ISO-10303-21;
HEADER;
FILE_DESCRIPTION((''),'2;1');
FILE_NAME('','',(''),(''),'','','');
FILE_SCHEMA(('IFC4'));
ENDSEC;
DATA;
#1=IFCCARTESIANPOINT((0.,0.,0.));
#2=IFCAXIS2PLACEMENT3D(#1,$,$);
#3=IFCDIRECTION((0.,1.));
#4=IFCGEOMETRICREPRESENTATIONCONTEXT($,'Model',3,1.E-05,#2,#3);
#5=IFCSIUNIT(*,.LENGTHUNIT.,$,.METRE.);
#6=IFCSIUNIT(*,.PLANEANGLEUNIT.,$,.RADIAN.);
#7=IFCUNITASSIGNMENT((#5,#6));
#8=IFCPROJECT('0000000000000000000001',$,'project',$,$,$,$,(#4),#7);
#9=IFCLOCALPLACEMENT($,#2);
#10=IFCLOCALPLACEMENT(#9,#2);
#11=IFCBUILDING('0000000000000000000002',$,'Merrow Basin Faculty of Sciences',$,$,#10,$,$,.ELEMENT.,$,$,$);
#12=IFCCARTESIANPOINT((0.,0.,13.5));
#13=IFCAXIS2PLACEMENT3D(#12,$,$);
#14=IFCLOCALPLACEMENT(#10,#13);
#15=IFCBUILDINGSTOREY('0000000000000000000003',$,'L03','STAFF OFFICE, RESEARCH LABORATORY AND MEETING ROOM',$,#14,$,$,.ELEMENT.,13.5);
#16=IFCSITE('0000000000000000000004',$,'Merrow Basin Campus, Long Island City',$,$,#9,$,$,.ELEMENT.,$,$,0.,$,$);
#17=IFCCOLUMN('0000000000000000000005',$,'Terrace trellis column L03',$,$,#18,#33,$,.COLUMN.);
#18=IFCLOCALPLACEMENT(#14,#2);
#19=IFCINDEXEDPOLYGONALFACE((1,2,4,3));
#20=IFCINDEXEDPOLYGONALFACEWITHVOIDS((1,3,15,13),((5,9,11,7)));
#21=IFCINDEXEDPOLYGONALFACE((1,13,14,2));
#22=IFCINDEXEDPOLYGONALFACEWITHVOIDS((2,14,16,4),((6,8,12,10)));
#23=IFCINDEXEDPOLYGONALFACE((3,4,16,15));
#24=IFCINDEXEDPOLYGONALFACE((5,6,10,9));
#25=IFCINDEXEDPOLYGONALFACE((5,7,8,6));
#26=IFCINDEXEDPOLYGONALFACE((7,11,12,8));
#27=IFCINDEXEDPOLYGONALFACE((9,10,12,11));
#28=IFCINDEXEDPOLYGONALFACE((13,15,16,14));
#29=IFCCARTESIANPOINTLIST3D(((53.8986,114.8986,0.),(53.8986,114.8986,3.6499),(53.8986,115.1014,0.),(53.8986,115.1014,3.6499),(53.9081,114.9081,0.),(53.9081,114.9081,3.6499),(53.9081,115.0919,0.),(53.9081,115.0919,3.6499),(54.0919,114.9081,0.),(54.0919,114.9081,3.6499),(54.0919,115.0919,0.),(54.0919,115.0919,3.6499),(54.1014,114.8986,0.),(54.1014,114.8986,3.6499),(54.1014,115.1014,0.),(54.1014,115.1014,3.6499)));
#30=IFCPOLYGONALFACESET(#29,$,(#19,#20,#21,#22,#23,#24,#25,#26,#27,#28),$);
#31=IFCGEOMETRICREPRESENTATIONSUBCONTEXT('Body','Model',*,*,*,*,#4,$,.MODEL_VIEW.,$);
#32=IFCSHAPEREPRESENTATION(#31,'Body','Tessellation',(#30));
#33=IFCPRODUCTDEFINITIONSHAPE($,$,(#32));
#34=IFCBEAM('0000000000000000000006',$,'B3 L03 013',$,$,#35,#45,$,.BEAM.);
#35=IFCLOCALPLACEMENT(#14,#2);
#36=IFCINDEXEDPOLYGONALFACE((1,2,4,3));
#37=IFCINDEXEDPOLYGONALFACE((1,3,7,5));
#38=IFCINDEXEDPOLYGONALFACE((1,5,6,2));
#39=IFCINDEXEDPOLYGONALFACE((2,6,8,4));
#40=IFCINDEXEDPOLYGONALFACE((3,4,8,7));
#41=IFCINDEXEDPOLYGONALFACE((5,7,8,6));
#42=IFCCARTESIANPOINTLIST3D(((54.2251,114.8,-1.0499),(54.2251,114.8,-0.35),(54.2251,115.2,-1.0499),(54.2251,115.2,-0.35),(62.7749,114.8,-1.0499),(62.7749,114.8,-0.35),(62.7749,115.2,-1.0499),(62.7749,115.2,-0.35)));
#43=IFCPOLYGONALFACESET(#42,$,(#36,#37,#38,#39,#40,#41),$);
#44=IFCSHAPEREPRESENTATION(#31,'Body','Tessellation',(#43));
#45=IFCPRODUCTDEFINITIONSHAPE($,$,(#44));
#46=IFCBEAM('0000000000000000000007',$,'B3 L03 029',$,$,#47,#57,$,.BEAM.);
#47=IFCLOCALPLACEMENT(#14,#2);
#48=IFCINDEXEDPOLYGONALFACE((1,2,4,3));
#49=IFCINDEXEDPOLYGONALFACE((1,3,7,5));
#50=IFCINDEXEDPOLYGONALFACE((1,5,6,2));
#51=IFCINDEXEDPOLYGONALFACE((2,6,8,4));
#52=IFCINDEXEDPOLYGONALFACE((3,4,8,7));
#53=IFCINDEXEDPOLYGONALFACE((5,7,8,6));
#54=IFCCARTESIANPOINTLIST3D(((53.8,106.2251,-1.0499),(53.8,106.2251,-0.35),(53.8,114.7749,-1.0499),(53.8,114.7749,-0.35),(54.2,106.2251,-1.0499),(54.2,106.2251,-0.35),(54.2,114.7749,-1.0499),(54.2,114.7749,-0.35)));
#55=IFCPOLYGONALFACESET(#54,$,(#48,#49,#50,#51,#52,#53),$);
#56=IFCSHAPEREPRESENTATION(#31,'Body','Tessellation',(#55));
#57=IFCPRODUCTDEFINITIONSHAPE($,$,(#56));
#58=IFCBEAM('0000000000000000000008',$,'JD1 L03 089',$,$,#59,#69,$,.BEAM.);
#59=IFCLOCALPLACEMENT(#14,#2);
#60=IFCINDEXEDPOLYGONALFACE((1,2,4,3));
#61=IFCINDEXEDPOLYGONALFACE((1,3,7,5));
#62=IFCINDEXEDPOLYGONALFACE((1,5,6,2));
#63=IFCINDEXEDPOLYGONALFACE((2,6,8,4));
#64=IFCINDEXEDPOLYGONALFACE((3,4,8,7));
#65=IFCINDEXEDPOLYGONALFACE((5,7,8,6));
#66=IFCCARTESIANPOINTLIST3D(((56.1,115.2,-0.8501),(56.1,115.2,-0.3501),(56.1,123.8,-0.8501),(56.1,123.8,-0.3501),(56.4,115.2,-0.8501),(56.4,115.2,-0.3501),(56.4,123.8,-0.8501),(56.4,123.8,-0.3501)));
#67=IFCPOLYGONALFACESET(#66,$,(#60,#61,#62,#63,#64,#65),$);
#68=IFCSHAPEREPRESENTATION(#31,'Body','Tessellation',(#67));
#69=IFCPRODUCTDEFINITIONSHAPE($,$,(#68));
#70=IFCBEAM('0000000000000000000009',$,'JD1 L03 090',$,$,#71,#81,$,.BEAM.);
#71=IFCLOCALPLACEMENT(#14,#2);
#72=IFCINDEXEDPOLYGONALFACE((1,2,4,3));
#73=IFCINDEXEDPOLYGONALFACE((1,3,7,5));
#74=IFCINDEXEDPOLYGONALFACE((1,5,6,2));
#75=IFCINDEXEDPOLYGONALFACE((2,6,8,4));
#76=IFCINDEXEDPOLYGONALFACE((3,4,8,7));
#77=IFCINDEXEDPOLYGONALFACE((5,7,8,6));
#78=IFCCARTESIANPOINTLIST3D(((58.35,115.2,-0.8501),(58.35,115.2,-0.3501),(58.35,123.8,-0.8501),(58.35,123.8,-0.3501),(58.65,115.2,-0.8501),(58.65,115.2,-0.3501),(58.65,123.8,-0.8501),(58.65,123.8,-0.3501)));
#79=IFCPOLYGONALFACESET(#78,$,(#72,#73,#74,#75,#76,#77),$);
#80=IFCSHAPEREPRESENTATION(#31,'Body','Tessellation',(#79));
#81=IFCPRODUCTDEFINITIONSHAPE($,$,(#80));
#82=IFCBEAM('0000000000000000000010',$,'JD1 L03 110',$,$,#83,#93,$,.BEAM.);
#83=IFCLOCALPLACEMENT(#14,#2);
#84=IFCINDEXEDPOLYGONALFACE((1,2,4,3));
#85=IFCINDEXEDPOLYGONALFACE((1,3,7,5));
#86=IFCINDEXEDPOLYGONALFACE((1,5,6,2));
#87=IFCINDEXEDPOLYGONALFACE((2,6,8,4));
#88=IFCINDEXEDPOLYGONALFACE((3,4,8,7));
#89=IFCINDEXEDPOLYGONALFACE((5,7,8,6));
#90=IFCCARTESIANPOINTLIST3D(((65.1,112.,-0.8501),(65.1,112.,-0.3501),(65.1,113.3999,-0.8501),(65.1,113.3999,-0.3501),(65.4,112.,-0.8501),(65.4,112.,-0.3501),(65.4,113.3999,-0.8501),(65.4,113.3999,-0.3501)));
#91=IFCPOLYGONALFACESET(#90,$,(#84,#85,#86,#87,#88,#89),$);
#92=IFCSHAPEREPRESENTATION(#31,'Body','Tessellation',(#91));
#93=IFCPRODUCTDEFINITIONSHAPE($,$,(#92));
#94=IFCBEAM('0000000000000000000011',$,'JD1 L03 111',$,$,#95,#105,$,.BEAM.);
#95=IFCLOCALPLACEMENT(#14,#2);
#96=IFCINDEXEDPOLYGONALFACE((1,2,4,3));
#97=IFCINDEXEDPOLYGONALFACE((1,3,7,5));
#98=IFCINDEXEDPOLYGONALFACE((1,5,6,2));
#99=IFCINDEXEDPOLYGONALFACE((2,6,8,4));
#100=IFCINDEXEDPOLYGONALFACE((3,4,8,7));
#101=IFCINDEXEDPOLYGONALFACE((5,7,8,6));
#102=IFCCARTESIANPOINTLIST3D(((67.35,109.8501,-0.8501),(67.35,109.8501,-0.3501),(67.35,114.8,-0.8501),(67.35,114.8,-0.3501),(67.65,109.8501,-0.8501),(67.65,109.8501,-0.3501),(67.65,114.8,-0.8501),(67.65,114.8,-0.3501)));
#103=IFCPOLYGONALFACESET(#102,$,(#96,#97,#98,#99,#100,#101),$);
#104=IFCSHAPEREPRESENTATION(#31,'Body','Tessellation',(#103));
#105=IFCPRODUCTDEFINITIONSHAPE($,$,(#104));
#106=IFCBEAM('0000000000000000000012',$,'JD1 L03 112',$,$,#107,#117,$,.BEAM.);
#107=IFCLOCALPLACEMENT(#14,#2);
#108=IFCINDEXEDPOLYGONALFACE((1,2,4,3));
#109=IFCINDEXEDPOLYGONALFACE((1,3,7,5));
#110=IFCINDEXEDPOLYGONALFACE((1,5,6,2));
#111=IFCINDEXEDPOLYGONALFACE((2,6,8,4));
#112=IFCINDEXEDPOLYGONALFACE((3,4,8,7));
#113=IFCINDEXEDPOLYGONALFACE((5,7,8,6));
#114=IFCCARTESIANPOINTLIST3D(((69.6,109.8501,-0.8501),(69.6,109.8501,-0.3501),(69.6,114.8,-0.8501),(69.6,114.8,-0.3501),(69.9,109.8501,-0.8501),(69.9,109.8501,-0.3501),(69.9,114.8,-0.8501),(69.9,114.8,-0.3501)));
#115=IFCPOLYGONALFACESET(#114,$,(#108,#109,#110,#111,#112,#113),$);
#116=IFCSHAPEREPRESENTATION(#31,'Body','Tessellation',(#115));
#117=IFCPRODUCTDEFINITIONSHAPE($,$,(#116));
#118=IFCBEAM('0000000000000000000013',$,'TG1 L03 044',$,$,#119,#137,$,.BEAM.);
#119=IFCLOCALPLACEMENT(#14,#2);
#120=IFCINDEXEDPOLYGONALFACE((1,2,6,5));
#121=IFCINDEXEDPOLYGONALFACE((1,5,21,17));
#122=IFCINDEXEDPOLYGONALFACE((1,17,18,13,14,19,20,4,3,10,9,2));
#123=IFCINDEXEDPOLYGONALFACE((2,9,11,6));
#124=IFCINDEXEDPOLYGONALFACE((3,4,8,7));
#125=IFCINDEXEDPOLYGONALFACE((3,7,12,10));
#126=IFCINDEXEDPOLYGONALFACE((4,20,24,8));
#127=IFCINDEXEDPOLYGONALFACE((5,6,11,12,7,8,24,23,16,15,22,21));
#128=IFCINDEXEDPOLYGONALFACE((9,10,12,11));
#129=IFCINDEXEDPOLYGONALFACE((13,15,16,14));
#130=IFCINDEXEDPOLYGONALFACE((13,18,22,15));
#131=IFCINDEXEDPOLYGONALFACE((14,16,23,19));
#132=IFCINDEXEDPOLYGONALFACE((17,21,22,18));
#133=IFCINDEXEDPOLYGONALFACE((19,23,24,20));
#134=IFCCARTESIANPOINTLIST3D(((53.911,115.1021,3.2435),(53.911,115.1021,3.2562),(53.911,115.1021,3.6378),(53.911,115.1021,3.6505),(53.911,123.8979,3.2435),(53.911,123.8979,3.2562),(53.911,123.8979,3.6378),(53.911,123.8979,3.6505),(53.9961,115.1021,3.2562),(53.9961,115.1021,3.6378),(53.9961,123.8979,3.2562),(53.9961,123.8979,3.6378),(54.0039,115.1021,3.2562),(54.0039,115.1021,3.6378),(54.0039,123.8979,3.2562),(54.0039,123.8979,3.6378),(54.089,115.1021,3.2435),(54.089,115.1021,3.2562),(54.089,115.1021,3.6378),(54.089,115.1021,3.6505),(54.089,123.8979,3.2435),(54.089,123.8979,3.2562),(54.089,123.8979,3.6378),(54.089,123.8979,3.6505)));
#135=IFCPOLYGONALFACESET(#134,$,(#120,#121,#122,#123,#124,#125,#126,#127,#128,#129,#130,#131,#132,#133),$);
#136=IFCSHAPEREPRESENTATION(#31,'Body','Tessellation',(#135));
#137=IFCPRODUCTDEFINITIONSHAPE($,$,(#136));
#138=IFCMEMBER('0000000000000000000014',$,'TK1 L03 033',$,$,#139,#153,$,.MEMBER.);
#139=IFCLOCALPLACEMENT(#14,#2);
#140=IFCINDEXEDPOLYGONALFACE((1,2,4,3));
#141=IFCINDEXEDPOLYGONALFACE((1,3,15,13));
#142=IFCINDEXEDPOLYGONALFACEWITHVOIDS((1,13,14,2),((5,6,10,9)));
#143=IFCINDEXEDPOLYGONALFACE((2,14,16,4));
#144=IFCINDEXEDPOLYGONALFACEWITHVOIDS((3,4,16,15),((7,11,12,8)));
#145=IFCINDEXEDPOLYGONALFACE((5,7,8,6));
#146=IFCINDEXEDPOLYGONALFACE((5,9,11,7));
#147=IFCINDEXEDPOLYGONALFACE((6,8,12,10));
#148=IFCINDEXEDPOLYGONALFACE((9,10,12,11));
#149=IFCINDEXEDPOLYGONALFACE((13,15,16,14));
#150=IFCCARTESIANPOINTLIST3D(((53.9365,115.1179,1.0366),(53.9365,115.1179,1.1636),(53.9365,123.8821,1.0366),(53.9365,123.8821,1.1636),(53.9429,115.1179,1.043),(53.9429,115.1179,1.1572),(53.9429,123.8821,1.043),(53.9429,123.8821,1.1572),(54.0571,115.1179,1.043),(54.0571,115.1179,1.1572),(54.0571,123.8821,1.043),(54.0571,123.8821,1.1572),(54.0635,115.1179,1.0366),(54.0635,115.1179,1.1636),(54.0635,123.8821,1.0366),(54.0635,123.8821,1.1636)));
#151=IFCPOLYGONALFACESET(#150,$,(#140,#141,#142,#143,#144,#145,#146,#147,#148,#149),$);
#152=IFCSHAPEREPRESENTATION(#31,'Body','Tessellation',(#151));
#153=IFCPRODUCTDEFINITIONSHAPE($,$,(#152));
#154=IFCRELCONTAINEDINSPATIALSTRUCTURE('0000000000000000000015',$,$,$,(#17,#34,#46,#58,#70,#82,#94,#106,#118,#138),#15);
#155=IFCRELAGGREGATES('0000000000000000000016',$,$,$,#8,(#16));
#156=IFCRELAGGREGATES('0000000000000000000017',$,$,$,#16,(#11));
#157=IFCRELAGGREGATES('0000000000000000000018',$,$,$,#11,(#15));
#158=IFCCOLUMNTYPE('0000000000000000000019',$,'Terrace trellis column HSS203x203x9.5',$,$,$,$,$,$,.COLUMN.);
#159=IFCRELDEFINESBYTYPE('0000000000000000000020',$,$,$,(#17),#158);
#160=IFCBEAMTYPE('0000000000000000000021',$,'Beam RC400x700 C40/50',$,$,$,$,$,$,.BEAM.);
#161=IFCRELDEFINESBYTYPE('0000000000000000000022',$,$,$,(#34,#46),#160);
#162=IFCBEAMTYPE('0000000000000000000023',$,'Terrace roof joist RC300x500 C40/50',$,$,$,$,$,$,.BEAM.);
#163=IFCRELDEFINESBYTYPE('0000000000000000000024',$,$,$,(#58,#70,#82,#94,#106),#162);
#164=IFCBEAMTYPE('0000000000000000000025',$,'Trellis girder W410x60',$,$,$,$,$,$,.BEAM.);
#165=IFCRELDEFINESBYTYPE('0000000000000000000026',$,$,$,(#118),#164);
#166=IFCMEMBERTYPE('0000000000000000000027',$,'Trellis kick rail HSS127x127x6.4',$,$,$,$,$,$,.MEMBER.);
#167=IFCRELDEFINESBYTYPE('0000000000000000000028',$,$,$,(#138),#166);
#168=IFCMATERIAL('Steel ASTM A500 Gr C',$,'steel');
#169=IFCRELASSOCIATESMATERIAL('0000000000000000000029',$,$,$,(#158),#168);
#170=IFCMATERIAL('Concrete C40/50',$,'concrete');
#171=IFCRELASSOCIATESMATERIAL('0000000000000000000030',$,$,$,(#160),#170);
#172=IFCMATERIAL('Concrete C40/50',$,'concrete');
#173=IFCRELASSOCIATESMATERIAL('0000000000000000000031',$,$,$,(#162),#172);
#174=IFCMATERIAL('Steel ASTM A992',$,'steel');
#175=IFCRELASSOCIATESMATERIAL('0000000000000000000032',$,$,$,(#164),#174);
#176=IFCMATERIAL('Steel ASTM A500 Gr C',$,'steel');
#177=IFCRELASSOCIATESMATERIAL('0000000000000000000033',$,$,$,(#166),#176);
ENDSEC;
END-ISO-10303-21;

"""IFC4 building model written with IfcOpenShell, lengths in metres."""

from ifc_helpers import new_model, si_unit, direction, frame, origin, origin_2d, place, context, subcontext, project, spatial, rectangle, hollow_rectangle, i_section, extrude, material, material_profile, profile_set, type_object, element, save


model = new_model("IFC4")

# Units and contexts
model_context = context("Model", 3, precision=1e-05, world=origin(), true_north=direction((0.0, 1.0)))
body_context = subcontext(model_context, "Body", "Model", "MODEL_VIEW")
ifc_project = project(units=[si_unit("LENGTHUNIT", "METRE"), si_unit("PLANEANGLEUNIT", "RADIAN")], contexts=[model_context])

# Site, building, storey
site_placement = place(None, origin())
site = spatial("IfcSite", under=ifc_project, at=site_placement, Name="Merrow Basin Campus, Long Island City", CompositionType="ELEMENT", RefElevation=0.0)
building_placement = place(site_placement, origin())
building = spatial("IfcBuilding", under=site, at=building_placement, Name="Merrow Basin Faculty of Sciences", CompositionType="ELEMENT")
storey_placement = place(building_placement, frame((0.0, 0.0, 13.5)))
storey = spatial("IfcBuildingStorey", under=building, at=storey_placement, Name="L03", Description="STAFF OFFICE, RESEARCH LABORATORY AND MEETING ROOM", CompositionType="ELEMENT", Elevation=13.5)

# Column
ifc_material_1 = material(Name="Steel ASTM A500 Gr C", Category="steel")
ifc_material_profile_1 = material_profile(ifc_material_1, hollow_rectangle(XDim=0.2029, YDim=0.2029, WallThickness=0.0095, at=origin_2d()))
ifc_profile_set_1 = profile_set([ifc_material_profile_1], Name="Steel ASTM A500 Gr C")
column_type = type_object("IfcColumnType", Name="Terrace trellis column HSS203x203x9.5", PredefinedType="COLUMN", material=ifc_profile_set_1)
column_placement = place(storey_placement, frame((54.0, 115.0, 0.0), z_axis=(0.0, 0.0, 1.0), x_axis=(1.0, 0.0, 0.0)))
element("IfcColumn", 1, at=column_placement, inside=storey, type_object=column_type, Name="Terrace trellis column L03", PredefinedType="COLUMN", context=body_context, shape_type="SweptSolid", body=[
    extrude(hollow_rectangle(XDim=0.2029, YDim=0.2029, WallThickness=0.0095, at=origin_2d()), origin(), (0.0, 0.0, 1.0), 3.6499),
])

# Beams
ifc_material_2 = material(Name="Concrete C40/50", Category="concrete")
ifc_material_profile_2 = material_profile(ifc_material_2, rectangle(XDim=0.3999, YDim=0.7, at=origin_2d()))
ifc_profile_set_2 = profile_set([ifc_material_profile_2], Name="Concrete C40/50")
beam_type_1 = type_object("IfcBeamType", Name="Beam RC400x700 C40/50", PredefinedType="BEAM", material=ifc_profile_set_2)
for number, where, z_axis, x_axis, name in (
    (2, (54.2251, 115.0, -0.7), (1.0, 0.0, 0.0), (0.0, 1.0, 0.0), "B3 L03 013"),
    (3, (54.0, 106.2251, -0.7), (0.0, 1.0, 0.0), (-1.0, 0.0, 0.0), "B3 L03 029"),
):
    element("IfcBeam", number, at=place(storey_placement, frame(where, z_axis=z_axis, x_axis=x_axis)), inside=storey, type_object=beam_type_1, Name=name, PredefinedType="BEAM", context=body_context, shape_type="SweptSolid", body=[
        extrude(rectangle(XDim=0.3999, YDim=0.7, at=origin_2d()), origin(), (0.0, 0.0, 1.0), 8.5498),
    ])
ifc_material_3 = material(Name="Concrete C40/50", Category="concrete")
ifc_material_profile_3 = material_profile(ifc_material_3, rectangle(XDim=0.3, YDim=0.5, at=origin_2d()))
ifc_profile_set_3 = profile_set([ifc_material_profile_3], Name="Concrete C40/50")
beam_type_2 = type_object("IfcBeamType", Name="Terrace roof joist RC300x500 C40/50", PredefinedType="BEAM", material=ifc_profile_set_3)
for number, where, z_axis, x_axis, name in (
    (4, (56.25, 115.2, -0.6001), (0.0, 1.0, 0.0), (-1.0, 0.0, 0.0), "JD1 L03 089"),
    (5, (58.5, 115.2, -0.6001), (0.0, 1.0, 0.0), (-1.0, 0.0, 0.0), "JD1 L03 090"),
):
    element("IfcBeam", number, at=place(storey_placement, frame(where, z_axis=z_axis, x_axis=x_axis)), inside=storey, type_object=beam_type_2, Name=name, PredefinedType="BEAM", context=body_context, shape_type="SweptSolid", body=[
        extrude(rectangle(XDim=0.3, YDim=0.5, at=origin_2d()), origin(), (0.0, 0.0, 1.0), 8.6001),
    ])
beam_1_placement = place(storey_placement, frame((65.25, 112.0, -0.6001), z_axis=(0.0, 1.0, 0.0), x_axis=(-1.0, 0.0, 0.0)))
element("IfcBeam", 6, at=beam_1_placement, inside=storey, type_object=beam_type_2, Name="JD1 L03 110", PredefinedType="BEAM", context=body_context, shape_type="SweptSolid", body=[
    extrude(rectangle(XDim=0.3, YDim=0.5, at=origin_2d()), origin(), (0.0, 0.0, 1.0), 1.3999),
])
for number, where, z_axis, x_axis, name in (
    (7, (67.5, 109.8501, -0.6001), (0.0, 1.0, 0.0), (-1.0, 0.0, 0.0), "JD1 L03 111"),
    (8, (69.75, 109.8501, -0.6001), (0.0, 1.0, 0.0), (-1.0, 0.0, 0.0), "JD1 L03 112"),
):
    element("IfcBeam", number, at=place(storey_placement, frame(where, z_axis=z_axis, x_axis=x_axis)), inside=storey, type_object=beam_type_2, Name=name, PredefinedType="BEAM", context=body_context, shape_type="SweptSolid", body=[
        extrude(rectangle(XDim=0.3, YDim=0.5, at=origin_2d()), origin(), (0.0, 0.0, 1.0), 4.95),
    ])
ifc_material_4 = material(Name="Steel ASTM A992", Category="steel")
ifc_material_profile_4 = material_profile(ifc_material_4, i_section(OverallWidth=0.178, OverallDepth=0.407, WebThickness=0.0078, FlangeThickness=0.0127, at=origin_2d()))
ifc_profile_set_4 = profile_set([ifc_material_profile_4], Name="Steel ASTM A992")
beam_type_3 = type_object("IfcBeamType", Name="Trellis girder W410x60", PredefinedType="BEAM", material=ifc_profile_set_4)
beam_2_placement = place(storey_placement, frame((54.0, 115.1021, 3.447), z_axis=(0.0, 1.0, 0.0), x_axis=(-1.0, 0.0, 0.0)))
element("IfcBeam", 9, at=beam_2_placement, inside=storey, type_object=beam_type_3, Name="TG1 L03 044", PredefinedType="BEAM", context=body_context, shape_type="SweptSolid", body=[
    extrude(i_section(OverallWidth=0.178, OverallDepth=0.407, WebThickness=0.0078, FlangeThickness=0.0127, at=origin_2d()), origin(), (0.0, 0.0, 1.0), 8.7959),
])

# Member
ifc_material_5 = material(Name="Steel ASTM A500 Gr C", Category="steel")
ifc_material_profile_5 = material_profile(ifc_material_5, hollow_rectangle(XDim=0.127, YDim=0.127, WallThickness=0.0063, at=origin_2d()))
ifc_profile_set_5 = profile_set([ifc_material_profile_5], Name="Steel ASTM A500 Gr C")
member_type_1 = type_object("IfcMemberType", Name="Trellis kick rail HSS127x127x6.4", PredefinedType="MEMBER", material=ifc_profile_set_5)
member_1_placement = place(storey_placement, frame((54.0, 115.1179, 1.1001), z_axis=(0.0, 1.0, 0.0), x_axis=(-1.0, 0.0, 0.0)))
element("IfcMember", 10, at=member_1_placement, inside=storey, type_object=member_type_1, Name="TK1 L03 033", PredefinedType="MEMBER", context=body_context, shape_type="SweptSolid", body=[
    extrude(hollow_rectangle(XDim=0.127, YDim=0.127, WallThickness=0.0063, at=origin_2d()), origin(), (0.0, 0.0, 1.0), 8.7642),
])

save(model, "model.ifc")
